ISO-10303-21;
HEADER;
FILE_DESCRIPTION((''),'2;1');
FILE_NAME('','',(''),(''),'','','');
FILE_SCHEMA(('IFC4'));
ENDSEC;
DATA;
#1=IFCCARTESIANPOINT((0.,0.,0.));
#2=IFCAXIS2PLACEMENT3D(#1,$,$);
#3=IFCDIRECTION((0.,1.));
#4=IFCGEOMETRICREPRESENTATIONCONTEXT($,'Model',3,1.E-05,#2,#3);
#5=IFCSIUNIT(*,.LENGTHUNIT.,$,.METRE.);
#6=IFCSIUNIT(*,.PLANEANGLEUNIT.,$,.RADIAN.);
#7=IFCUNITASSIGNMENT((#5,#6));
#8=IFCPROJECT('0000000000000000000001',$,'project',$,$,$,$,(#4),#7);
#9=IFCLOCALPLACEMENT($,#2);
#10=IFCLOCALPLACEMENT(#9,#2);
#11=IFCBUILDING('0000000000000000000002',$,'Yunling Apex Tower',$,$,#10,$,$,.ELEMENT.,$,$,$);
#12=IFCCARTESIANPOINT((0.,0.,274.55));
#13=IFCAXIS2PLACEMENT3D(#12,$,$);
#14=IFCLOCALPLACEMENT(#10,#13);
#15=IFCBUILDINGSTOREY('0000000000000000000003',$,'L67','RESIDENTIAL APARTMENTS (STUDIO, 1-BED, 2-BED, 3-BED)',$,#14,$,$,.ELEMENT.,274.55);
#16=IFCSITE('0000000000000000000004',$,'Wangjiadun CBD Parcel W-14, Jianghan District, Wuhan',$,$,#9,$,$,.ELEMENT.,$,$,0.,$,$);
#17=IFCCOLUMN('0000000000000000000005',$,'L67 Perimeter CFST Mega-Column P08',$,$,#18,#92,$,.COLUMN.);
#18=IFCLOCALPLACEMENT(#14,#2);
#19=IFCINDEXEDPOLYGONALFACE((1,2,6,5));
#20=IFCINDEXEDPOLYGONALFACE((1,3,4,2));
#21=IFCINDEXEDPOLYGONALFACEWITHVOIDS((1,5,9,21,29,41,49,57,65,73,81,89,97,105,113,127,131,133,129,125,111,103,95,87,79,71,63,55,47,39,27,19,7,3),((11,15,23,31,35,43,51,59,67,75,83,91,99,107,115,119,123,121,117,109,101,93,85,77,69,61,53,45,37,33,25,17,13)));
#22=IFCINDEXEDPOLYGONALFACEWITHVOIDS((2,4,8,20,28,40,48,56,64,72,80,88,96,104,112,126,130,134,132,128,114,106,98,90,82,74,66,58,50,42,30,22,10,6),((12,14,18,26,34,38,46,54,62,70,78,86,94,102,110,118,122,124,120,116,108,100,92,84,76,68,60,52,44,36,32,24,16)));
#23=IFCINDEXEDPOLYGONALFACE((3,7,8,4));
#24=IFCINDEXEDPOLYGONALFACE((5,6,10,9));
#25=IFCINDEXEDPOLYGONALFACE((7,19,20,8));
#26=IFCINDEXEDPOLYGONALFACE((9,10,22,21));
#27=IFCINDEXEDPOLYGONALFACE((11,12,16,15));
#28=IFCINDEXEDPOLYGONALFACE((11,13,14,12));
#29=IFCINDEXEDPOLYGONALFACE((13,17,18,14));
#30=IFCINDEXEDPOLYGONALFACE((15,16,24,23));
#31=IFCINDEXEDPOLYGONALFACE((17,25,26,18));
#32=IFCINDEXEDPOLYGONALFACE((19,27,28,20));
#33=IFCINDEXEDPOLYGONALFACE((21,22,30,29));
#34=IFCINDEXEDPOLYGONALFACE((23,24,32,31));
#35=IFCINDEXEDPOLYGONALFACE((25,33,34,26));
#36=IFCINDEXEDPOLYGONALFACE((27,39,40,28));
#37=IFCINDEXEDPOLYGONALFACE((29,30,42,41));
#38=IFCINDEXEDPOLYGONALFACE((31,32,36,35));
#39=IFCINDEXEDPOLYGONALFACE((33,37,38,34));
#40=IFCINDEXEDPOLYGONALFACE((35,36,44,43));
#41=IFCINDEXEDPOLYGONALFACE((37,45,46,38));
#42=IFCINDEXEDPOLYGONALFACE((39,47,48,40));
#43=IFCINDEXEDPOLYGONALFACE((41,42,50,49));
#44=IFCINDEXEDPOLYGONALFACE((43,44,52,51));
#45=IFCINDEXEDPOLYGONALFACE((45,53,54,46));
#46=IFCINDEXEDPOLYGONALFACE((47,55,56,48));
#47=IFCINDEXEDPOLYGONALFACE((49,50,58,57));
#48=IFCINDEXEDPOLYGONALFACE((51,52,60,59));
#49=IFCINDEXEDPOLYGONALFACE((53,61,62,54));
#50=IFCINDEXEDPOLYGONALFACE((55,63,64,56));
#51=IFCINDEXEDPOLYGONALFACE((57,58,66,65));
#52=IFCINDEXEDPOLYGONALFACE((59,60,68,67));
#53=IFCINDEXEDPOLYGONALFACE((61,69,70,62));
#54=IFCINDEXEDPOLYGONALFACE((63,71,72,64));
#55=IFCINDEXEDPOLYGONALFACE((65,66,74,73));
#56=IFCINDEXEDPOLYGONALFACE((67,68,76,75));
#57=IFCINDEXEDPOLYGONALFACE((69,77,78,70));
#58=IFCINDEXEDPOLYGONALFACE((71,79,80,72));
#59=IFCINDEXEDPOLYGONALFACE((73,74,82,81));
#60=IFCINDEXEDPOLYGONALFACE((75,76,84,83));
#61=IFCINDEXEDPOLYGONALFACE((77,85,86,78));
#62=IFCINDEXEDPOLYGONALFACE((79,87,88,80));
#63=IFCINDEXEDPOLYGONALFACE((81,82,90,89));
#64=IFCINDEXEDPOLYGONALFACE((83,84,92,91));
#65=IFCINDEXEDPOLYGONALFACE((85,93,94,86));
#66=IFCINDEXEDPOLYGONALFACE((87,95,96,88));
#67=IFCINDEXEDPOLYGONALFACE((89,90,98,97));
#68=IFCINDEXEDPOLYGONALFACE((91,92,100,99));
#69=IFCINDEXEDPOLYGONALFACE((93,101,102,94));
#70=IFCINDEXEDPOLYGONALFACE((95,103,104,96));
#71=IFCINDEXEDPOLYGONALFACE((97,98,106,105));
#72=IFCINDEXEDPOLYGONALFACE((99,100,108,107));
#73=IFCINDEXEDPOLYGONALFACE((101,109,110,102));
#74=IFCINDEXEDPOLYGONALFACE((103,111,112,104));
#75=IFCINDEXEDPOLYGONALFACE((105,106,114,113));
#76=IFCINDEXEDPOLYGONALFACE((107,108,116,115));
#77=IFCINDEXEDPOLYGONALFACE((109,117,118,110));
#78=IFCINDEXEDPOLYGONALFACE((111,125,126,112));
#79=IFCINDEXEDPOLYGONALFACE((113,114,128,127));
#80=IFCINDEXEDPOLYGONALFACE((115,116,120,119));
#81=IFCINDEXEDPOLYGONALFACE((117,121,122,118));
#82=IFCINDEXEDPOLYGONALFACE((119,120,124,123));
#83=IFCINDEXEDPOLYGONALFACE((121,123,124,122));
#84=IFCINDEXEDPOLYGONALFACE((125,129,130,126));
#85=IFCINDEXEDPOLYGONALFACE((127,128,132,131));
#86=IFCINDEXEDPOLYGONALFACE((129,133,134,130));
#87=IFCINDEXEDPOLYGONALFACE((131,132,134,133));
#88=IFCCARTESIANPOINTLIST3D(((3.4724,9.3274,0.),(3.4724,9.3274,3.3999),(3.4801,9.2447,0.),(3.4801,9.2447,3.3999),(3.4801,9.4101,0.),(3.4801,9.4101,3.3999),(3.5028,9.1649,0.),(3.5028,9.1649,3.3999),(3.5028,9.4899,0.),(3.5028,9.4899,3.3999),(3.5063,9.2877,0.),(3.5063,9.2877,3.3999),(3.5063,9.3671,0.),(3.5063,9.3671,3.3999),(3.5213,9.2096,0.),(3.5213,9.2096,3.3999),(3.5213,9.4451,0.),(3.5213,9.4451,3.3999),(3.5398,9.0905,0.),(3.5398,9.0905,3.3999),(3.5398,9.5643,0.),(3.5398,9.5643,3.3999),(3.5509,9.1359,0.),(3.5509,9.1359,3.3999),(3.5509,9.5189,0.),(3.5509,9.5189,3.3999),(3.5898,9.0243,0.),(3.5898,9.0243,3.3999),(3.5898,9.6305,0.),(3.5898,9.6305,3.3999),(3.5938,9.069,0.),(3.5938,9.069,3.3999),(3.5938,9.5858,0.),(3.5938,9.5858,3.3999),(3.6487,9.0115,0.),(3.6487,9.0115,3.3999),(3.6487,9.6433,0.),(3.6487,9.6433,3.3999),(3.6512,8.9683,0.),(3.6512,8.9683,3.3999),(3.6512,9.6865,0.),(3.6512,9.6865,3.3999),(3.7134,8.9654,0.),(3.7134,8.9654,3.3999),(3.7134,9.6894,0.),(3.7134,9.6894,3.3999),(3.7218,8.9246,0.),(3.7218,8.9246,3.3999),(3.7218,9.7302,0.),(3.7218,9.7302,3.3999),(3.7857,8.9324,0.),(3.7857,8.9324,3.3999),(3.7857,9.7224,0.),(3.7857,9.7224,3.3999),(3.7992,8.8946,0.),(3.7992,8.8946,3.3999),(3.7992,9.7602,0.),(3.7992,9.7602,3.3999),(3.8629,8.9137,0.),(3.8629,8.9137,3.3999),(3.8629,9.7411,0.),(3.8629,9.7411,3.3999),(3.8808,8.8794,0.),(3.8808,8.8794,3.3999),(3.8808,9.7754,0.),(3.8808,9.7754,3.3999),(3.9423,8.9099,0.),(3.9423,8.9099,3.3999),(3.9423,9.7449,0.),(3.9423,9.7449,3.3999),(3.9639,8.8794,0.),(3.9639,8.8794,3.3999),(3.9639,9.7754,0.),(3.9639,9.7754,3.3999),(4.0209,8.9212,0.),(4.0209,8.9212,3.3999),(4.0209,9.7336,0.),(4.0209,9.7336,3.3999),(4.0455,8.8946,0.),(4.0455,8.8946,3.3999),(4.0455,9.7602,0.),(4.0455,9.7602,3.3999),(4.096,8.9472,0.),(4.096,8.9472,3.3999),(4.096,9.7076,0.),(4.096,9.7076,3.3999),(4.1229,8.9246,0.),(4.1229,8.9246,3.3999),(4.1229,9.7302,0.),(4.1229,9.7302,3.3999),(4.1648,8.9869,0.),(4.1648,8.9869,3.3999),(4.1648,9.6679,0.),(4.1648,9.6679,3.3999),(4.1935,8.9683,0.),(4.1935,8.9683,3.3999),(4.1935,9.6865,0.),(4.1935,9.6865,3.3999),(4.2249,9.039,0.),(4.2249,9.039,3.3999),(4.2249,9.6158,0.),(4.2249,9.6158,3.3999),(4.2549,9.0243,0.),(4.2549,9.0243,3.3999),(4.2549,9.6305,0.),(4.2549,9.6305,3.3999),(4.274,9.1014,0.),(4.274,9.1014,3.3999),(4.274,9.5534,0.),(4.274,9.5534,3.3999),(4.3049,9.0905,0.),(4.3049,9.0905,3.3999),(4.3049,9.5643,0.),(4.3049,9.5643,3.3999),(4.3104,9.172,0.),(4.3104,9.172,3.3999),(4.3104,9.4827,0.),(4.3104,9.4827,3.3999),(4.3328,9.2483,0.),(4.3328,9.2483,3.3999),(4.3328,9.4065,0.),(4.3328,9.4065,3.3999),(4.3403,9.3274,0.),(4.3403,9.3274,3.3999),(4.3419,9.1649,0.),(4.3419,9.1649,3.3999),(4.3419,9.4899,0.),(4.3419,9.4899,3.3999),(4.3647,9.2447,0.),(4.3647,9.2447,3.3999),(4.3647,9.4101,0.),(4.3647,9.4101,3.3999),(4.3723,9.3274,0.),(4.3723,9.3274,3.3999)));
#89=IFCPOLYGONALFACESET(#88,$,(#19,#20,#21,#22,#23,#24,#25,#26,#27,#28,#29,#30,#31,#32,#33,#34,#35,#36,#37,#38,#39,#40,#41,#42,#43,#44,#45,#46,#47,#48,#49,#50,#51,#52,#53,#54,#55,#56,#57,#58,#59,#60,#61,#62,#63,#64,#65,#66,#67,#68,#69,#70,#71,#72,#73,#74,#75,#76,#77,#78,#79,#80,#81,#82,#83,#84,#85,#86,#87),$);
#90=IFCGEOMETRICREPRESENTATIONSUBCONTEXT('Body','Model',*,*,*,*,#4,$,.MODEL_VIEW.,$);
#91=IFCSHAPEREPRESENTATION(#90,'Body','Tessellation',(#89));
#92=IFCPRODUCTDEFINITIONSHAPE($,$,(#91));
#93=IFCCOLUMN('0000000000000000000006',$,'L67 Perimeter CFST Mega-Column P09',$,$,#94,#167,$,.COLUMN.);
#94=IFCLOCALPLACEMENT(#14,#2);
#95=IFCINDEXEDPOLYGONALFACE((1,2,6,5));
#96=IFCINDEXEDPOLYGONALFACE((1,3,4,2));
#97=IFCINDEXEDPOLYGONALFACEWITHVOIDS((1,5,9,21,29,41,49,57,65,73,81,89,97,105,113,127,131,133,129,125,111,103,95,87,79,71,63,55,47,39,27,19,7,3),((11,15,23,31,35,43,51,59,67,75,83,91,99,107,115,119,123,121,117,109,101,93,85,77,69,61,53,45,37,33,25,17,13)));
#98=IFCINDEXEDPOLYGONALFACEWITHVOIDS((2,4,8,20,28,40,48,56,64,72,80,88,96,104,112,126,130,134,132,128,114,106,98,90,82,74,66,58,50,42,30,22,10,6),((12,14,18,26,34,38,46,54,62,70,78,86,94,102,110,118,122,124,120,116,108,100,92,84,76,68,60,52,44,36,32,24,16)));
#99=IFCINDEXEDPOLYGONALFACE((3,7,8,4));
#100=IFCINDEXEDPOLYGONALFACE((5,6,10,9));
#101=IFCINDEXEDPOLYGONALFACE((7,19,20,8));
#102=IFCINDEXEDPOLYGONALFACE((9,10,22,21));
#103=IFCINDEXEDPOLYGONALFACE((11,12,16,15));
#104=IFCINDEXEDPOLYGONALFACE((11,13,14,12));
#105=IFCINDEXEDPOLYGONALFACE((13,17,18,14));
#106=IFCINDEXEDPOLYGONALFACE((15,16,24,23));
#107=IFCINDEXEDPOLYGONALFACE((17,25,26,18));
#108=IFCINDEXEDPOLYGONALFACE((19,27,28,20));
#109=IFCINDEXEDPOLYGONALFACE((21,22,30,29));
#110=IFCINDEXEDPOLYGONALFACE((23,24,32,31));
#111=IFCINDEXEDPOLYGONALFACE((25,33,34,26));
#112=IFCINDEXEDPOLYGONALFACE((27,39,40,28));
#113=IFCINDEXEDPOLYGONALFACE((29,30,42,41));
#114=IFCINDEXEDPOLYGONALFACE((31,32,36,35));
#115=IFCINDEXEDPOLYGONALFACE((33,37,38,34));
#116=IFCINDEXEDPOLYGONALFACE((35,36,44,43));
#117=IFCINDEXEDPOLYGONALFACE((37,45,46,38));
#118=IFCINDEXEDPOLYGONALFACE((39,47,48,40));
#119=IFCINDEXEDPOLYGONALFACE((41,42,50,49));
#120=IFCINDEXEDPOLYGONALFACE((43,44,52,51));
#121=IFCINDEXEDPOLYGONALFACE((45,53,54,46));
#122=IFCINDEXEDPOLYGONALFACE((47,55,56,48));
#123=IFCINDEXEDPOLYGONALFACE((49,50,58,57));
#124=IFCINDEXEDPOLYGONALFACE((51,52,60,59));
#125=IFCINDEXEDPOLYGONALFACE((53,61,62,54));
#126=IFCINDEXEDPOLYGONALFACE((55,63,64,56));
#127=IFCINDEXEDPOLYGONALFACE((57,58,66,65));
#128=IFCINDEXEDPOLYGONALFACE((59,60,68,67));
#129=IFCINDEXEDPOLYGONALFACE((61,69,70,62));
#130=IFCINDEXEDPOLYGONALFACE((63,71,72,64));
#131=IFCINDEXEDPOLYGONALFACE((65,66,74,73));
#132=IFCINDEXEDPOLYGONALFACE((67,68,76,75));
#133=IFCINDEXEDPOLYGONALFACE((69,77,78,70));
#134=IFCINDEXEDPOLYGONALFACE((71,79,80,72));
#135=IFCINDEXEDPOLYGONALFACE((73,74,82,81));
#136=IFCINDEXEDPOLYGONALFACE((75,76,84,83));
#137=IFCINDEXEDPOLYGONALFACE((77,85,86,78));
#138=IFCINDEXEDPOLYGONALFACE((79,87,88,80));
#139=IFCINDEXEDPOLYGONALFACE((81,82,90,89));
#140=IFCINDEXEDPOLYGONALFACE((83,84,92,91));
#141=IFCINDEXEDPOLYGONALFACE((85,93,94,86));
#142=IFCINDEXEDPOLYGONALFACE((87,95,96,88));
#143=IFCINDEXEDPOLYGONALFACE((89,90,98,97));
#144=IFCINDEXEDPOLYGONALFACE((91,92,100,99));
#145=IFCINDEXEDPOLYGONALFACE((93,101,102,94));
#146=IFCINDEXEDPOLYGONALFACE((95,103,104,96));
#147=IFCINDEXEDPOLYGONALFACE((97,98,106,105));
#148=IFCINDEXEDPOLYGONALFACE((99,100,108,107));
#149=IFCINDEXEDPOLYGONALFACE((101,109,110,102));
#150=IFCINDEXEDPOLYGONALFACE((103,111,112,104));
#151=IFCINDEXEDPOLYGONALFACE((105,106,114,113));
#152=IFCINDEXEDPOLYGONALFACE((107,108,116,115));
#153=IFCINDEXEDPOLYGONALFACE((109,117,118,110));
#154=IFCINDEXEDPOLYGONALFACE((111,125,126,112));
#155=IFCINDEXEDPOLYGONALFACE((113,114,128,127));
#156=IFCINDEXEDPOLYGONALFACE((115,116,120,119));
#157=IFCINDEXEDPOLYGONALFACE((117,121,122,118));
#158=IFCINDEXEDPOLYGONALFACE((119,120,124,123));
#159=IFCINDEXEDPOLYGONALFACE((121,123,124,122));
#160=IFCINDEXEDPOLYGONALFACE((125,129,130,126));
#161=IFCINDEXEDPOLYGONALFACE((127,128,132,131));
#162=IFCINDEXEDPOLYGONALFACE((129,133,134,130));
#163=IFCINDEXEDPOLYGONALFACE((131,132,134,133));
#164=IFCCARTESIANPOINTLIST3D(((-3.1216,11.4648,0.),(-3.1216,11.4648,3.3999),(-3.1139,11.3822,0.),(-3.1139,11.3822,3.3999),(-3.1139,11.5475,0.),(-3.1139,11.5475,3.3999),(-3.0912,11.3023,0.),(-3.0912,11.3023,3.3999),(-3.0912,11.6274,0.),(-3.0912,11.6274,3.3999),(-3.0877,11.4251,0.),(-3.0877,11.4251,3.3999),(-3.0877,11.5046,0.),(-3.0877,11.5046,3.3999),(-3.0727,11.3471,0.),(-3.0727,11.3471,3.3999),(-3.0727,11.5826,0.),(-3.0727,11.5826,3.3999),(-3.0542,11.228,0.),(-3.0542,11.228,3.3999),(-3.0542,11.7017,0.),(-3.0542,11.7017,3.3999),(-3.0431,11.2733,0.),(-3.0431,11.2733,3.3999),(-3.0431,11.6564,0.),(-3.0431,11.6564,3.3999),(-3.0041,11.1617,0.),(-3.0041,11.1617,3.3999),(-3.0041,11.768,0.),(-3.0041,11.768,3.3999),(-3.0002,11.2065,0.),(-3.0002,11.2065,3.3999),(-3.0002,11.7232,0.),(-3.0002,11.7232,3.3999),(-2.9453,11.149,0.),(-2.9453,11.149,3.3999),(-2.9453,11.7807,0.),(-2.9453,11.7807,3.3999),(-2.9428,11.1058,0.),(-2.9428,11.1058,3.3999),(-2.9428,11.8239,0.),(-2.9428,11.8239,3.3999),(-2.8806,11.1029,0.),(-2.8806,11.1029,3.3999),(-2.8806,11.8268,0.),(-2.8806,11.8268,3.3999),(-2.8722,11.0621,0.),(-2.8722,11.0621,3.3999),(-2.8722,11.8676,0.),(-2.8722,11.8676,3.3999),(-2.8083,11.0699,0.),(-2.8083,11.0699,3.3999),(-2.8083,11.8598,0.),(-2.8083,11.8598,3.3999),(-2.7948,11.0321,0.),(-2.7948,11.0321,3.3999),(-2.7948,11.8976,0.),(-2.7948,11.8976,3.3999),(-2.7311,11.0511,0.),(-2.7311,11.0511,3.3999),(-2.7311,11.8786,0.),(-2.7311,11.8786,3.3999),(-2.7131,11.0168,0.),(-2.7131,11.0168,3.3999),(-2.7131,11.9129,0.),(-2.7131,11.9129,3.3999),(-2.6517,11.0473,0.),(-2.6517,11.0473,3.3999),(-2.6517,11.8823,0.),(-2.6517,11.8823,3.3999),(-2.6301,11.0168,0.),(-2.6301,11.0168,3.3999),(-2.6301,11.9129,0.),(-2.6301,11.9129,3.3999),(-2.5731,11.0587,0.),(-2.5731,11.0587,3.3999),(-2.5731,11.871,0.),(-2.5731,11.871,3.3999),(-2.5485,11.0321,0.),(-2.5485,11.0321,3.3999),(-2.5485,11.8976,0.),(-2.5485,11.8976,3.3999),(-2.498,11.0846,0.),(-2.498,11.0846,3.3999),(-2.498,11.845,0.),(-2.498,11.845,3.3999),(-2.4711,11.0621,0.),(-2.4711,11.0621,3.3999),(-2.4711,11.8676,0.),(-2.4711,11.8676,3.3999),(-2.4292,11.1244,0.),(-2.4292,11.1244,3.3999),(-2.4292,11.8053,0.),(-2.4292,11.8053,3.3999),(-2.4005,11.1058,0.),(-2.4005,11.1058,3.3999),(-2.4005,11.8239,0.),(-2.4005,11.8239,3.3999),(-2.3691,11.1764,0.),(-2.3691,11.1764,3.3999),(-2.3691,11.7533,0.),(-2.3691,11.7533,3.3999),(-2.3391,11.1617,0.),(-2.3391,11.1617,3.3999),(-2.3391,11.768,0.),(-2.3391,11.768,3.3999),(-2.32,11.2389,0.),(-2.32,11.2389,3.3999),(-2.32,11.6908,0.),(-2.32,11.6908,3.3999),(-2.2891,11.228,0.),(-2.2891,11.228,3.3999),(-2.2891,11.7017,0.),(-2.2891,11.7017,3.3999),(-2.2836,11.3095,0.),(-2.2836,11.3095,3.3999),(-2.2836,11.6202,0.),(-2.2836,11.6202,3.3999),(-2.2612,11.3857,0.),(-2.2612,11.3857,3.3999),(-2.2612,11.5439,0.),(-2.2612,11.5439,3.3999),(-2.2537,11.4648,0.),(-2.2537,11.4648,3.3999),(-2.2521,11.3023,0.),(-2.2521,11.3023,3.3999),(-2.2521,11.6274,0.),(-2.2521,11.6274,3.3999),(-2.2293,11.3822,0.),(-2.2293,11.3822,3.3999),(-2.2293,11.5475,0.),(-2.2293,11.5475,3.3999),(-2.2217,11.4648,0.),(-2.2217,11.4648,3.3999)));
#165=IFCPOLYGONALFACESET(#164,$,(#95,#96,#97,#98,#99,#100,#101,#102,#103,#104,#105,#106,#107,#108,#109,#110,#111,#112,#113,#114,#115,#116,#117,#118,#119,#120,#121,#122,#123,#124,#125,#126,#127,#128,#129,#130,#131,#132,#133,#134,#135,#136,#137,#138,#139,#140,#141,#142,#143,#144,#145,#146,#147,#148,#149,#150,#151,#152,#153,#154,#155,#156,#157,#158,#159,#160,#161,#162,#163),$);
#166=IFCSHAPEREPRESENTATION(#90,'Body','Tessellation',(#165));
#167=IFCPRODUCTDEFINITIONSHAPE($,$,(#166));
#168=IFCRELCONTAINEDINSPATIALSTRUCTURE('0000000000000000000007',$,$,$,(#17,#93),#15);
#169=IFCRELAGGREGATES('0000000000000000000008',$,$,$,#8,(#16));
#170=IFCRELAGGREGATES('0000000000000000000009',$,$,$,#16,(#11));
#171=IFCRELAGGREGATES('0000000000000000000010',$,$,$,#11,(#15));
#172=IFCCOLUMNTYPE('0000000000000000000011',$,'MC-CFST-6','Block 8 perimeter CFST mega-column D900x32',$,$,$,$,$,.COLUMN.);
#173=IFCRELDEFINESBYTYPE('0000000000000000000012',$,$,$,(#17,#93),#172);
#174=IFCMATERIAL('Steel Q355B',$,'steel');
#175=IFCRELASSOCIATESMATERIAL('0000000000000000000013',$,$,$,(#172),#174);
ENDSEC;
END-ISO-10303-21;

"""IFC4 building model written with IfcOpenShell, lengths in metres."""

from ifc_helpers import new_model, si_unit, direction, frame, origin, origin_2d, place, context, subcontext, project, spatial, hollow_circle, extrude, source, transform, mapped, material, material_profile, profile_set, type_object, element, save


model = new_model("IFC4")

# Units and contexts
model_context = context("Model", 3, precision=1e-05, world=origin(), true_north=direction((0.0, 1.0)))
body_context = subcontext(model_context, "Body", "Model", "MODEL_VIEW")
ifc_project = project(units=[si_unit("LENGTHUNIT", "METRE"), si_unit("PLANEANGLEUNIT", "RADIAN")], contexts=[model_context])

# Site, building, storey
site_placement = place(None, origin())
site = spatial("IfcSite", under=ifc_project, at=site_placement, Name="Wangjiadun CBD Parcel W-14, Jianghan District, Wuhan", CompositionType="ELEMENT", RefElevation=0.0)
building_placement = place(site_placement, origin())
building = spatial("IfcBuilding", under=site, at=building_placement, Name="Yunling Apex Tower", CompositionType="ELEMENT")
storey_placement = place(building_placement, frame((0.0, 0.0, 274.55)))
storey = spatial("IfcBuildingStorey", under=building, at=storey_placement, Name="L67", Description="RESIDENTIAL APARTMENTS (STUDIO, 1-BED, 2-BED, 3-BED)", CompositionType="ELEMENT", Elevation=274.55)

# Columns
ifc_material_1 = material(Name="Steel Q355B", Category="steel")
ifc_material_profile_1 = material_profile(ifc_material_1, hollow_circle(Radius=0.45, WallThickness=0.032, at=origin_2d()))
ifc_profile_set_1 = profile_set([ifc_material_profile_1], Name="Steel Q355B")
column_type = type_object("IfcColumnType", Name="MC-CFST-6", Description="Block 8 perimeter CFST mega-column D900x32", PredefinedType="COLUMN", material=ifc_profile_set_1)
shared_shape_1 = source(origin(), body_context, "Body", "SweptSolid", [
    extrude(hollow_circle(Radius=0.45, WallThickness=0.032, at=origin_2d()), origin(), (0.0, 0.0, 1.0), 3.3999),
])
for number, where, z_axis, x_axis, name in (
    (1, (3.9224, 9.3274, 0.0), (0.0, 0.0, 1.0), (1.0, 0.0, 0.0), "L67 Perimeter CFST Mega-Column P08"),
    (2, (-2.6716, 11.4648, 0.0), (0.0, 0.0, 1.0), (1.0, 0.0, 0.0), "L67 Perimeter CFST Mega-Column P09"),
):
    element("IfcColumn", number, at=place(storey_placement, frame(where, z_axis=z_axis, x_axis=x_axis)), inside=storey, type_object=column_type, Name=name, PredefinedType="COLUMN", context=body_context, shape_type="MappedRepresentation", body=[
        mapped(shared_shape_1, transform((0.0, 0.0, 0.0), scale=1.0)),
    ])

save(model, "model.ifc")
